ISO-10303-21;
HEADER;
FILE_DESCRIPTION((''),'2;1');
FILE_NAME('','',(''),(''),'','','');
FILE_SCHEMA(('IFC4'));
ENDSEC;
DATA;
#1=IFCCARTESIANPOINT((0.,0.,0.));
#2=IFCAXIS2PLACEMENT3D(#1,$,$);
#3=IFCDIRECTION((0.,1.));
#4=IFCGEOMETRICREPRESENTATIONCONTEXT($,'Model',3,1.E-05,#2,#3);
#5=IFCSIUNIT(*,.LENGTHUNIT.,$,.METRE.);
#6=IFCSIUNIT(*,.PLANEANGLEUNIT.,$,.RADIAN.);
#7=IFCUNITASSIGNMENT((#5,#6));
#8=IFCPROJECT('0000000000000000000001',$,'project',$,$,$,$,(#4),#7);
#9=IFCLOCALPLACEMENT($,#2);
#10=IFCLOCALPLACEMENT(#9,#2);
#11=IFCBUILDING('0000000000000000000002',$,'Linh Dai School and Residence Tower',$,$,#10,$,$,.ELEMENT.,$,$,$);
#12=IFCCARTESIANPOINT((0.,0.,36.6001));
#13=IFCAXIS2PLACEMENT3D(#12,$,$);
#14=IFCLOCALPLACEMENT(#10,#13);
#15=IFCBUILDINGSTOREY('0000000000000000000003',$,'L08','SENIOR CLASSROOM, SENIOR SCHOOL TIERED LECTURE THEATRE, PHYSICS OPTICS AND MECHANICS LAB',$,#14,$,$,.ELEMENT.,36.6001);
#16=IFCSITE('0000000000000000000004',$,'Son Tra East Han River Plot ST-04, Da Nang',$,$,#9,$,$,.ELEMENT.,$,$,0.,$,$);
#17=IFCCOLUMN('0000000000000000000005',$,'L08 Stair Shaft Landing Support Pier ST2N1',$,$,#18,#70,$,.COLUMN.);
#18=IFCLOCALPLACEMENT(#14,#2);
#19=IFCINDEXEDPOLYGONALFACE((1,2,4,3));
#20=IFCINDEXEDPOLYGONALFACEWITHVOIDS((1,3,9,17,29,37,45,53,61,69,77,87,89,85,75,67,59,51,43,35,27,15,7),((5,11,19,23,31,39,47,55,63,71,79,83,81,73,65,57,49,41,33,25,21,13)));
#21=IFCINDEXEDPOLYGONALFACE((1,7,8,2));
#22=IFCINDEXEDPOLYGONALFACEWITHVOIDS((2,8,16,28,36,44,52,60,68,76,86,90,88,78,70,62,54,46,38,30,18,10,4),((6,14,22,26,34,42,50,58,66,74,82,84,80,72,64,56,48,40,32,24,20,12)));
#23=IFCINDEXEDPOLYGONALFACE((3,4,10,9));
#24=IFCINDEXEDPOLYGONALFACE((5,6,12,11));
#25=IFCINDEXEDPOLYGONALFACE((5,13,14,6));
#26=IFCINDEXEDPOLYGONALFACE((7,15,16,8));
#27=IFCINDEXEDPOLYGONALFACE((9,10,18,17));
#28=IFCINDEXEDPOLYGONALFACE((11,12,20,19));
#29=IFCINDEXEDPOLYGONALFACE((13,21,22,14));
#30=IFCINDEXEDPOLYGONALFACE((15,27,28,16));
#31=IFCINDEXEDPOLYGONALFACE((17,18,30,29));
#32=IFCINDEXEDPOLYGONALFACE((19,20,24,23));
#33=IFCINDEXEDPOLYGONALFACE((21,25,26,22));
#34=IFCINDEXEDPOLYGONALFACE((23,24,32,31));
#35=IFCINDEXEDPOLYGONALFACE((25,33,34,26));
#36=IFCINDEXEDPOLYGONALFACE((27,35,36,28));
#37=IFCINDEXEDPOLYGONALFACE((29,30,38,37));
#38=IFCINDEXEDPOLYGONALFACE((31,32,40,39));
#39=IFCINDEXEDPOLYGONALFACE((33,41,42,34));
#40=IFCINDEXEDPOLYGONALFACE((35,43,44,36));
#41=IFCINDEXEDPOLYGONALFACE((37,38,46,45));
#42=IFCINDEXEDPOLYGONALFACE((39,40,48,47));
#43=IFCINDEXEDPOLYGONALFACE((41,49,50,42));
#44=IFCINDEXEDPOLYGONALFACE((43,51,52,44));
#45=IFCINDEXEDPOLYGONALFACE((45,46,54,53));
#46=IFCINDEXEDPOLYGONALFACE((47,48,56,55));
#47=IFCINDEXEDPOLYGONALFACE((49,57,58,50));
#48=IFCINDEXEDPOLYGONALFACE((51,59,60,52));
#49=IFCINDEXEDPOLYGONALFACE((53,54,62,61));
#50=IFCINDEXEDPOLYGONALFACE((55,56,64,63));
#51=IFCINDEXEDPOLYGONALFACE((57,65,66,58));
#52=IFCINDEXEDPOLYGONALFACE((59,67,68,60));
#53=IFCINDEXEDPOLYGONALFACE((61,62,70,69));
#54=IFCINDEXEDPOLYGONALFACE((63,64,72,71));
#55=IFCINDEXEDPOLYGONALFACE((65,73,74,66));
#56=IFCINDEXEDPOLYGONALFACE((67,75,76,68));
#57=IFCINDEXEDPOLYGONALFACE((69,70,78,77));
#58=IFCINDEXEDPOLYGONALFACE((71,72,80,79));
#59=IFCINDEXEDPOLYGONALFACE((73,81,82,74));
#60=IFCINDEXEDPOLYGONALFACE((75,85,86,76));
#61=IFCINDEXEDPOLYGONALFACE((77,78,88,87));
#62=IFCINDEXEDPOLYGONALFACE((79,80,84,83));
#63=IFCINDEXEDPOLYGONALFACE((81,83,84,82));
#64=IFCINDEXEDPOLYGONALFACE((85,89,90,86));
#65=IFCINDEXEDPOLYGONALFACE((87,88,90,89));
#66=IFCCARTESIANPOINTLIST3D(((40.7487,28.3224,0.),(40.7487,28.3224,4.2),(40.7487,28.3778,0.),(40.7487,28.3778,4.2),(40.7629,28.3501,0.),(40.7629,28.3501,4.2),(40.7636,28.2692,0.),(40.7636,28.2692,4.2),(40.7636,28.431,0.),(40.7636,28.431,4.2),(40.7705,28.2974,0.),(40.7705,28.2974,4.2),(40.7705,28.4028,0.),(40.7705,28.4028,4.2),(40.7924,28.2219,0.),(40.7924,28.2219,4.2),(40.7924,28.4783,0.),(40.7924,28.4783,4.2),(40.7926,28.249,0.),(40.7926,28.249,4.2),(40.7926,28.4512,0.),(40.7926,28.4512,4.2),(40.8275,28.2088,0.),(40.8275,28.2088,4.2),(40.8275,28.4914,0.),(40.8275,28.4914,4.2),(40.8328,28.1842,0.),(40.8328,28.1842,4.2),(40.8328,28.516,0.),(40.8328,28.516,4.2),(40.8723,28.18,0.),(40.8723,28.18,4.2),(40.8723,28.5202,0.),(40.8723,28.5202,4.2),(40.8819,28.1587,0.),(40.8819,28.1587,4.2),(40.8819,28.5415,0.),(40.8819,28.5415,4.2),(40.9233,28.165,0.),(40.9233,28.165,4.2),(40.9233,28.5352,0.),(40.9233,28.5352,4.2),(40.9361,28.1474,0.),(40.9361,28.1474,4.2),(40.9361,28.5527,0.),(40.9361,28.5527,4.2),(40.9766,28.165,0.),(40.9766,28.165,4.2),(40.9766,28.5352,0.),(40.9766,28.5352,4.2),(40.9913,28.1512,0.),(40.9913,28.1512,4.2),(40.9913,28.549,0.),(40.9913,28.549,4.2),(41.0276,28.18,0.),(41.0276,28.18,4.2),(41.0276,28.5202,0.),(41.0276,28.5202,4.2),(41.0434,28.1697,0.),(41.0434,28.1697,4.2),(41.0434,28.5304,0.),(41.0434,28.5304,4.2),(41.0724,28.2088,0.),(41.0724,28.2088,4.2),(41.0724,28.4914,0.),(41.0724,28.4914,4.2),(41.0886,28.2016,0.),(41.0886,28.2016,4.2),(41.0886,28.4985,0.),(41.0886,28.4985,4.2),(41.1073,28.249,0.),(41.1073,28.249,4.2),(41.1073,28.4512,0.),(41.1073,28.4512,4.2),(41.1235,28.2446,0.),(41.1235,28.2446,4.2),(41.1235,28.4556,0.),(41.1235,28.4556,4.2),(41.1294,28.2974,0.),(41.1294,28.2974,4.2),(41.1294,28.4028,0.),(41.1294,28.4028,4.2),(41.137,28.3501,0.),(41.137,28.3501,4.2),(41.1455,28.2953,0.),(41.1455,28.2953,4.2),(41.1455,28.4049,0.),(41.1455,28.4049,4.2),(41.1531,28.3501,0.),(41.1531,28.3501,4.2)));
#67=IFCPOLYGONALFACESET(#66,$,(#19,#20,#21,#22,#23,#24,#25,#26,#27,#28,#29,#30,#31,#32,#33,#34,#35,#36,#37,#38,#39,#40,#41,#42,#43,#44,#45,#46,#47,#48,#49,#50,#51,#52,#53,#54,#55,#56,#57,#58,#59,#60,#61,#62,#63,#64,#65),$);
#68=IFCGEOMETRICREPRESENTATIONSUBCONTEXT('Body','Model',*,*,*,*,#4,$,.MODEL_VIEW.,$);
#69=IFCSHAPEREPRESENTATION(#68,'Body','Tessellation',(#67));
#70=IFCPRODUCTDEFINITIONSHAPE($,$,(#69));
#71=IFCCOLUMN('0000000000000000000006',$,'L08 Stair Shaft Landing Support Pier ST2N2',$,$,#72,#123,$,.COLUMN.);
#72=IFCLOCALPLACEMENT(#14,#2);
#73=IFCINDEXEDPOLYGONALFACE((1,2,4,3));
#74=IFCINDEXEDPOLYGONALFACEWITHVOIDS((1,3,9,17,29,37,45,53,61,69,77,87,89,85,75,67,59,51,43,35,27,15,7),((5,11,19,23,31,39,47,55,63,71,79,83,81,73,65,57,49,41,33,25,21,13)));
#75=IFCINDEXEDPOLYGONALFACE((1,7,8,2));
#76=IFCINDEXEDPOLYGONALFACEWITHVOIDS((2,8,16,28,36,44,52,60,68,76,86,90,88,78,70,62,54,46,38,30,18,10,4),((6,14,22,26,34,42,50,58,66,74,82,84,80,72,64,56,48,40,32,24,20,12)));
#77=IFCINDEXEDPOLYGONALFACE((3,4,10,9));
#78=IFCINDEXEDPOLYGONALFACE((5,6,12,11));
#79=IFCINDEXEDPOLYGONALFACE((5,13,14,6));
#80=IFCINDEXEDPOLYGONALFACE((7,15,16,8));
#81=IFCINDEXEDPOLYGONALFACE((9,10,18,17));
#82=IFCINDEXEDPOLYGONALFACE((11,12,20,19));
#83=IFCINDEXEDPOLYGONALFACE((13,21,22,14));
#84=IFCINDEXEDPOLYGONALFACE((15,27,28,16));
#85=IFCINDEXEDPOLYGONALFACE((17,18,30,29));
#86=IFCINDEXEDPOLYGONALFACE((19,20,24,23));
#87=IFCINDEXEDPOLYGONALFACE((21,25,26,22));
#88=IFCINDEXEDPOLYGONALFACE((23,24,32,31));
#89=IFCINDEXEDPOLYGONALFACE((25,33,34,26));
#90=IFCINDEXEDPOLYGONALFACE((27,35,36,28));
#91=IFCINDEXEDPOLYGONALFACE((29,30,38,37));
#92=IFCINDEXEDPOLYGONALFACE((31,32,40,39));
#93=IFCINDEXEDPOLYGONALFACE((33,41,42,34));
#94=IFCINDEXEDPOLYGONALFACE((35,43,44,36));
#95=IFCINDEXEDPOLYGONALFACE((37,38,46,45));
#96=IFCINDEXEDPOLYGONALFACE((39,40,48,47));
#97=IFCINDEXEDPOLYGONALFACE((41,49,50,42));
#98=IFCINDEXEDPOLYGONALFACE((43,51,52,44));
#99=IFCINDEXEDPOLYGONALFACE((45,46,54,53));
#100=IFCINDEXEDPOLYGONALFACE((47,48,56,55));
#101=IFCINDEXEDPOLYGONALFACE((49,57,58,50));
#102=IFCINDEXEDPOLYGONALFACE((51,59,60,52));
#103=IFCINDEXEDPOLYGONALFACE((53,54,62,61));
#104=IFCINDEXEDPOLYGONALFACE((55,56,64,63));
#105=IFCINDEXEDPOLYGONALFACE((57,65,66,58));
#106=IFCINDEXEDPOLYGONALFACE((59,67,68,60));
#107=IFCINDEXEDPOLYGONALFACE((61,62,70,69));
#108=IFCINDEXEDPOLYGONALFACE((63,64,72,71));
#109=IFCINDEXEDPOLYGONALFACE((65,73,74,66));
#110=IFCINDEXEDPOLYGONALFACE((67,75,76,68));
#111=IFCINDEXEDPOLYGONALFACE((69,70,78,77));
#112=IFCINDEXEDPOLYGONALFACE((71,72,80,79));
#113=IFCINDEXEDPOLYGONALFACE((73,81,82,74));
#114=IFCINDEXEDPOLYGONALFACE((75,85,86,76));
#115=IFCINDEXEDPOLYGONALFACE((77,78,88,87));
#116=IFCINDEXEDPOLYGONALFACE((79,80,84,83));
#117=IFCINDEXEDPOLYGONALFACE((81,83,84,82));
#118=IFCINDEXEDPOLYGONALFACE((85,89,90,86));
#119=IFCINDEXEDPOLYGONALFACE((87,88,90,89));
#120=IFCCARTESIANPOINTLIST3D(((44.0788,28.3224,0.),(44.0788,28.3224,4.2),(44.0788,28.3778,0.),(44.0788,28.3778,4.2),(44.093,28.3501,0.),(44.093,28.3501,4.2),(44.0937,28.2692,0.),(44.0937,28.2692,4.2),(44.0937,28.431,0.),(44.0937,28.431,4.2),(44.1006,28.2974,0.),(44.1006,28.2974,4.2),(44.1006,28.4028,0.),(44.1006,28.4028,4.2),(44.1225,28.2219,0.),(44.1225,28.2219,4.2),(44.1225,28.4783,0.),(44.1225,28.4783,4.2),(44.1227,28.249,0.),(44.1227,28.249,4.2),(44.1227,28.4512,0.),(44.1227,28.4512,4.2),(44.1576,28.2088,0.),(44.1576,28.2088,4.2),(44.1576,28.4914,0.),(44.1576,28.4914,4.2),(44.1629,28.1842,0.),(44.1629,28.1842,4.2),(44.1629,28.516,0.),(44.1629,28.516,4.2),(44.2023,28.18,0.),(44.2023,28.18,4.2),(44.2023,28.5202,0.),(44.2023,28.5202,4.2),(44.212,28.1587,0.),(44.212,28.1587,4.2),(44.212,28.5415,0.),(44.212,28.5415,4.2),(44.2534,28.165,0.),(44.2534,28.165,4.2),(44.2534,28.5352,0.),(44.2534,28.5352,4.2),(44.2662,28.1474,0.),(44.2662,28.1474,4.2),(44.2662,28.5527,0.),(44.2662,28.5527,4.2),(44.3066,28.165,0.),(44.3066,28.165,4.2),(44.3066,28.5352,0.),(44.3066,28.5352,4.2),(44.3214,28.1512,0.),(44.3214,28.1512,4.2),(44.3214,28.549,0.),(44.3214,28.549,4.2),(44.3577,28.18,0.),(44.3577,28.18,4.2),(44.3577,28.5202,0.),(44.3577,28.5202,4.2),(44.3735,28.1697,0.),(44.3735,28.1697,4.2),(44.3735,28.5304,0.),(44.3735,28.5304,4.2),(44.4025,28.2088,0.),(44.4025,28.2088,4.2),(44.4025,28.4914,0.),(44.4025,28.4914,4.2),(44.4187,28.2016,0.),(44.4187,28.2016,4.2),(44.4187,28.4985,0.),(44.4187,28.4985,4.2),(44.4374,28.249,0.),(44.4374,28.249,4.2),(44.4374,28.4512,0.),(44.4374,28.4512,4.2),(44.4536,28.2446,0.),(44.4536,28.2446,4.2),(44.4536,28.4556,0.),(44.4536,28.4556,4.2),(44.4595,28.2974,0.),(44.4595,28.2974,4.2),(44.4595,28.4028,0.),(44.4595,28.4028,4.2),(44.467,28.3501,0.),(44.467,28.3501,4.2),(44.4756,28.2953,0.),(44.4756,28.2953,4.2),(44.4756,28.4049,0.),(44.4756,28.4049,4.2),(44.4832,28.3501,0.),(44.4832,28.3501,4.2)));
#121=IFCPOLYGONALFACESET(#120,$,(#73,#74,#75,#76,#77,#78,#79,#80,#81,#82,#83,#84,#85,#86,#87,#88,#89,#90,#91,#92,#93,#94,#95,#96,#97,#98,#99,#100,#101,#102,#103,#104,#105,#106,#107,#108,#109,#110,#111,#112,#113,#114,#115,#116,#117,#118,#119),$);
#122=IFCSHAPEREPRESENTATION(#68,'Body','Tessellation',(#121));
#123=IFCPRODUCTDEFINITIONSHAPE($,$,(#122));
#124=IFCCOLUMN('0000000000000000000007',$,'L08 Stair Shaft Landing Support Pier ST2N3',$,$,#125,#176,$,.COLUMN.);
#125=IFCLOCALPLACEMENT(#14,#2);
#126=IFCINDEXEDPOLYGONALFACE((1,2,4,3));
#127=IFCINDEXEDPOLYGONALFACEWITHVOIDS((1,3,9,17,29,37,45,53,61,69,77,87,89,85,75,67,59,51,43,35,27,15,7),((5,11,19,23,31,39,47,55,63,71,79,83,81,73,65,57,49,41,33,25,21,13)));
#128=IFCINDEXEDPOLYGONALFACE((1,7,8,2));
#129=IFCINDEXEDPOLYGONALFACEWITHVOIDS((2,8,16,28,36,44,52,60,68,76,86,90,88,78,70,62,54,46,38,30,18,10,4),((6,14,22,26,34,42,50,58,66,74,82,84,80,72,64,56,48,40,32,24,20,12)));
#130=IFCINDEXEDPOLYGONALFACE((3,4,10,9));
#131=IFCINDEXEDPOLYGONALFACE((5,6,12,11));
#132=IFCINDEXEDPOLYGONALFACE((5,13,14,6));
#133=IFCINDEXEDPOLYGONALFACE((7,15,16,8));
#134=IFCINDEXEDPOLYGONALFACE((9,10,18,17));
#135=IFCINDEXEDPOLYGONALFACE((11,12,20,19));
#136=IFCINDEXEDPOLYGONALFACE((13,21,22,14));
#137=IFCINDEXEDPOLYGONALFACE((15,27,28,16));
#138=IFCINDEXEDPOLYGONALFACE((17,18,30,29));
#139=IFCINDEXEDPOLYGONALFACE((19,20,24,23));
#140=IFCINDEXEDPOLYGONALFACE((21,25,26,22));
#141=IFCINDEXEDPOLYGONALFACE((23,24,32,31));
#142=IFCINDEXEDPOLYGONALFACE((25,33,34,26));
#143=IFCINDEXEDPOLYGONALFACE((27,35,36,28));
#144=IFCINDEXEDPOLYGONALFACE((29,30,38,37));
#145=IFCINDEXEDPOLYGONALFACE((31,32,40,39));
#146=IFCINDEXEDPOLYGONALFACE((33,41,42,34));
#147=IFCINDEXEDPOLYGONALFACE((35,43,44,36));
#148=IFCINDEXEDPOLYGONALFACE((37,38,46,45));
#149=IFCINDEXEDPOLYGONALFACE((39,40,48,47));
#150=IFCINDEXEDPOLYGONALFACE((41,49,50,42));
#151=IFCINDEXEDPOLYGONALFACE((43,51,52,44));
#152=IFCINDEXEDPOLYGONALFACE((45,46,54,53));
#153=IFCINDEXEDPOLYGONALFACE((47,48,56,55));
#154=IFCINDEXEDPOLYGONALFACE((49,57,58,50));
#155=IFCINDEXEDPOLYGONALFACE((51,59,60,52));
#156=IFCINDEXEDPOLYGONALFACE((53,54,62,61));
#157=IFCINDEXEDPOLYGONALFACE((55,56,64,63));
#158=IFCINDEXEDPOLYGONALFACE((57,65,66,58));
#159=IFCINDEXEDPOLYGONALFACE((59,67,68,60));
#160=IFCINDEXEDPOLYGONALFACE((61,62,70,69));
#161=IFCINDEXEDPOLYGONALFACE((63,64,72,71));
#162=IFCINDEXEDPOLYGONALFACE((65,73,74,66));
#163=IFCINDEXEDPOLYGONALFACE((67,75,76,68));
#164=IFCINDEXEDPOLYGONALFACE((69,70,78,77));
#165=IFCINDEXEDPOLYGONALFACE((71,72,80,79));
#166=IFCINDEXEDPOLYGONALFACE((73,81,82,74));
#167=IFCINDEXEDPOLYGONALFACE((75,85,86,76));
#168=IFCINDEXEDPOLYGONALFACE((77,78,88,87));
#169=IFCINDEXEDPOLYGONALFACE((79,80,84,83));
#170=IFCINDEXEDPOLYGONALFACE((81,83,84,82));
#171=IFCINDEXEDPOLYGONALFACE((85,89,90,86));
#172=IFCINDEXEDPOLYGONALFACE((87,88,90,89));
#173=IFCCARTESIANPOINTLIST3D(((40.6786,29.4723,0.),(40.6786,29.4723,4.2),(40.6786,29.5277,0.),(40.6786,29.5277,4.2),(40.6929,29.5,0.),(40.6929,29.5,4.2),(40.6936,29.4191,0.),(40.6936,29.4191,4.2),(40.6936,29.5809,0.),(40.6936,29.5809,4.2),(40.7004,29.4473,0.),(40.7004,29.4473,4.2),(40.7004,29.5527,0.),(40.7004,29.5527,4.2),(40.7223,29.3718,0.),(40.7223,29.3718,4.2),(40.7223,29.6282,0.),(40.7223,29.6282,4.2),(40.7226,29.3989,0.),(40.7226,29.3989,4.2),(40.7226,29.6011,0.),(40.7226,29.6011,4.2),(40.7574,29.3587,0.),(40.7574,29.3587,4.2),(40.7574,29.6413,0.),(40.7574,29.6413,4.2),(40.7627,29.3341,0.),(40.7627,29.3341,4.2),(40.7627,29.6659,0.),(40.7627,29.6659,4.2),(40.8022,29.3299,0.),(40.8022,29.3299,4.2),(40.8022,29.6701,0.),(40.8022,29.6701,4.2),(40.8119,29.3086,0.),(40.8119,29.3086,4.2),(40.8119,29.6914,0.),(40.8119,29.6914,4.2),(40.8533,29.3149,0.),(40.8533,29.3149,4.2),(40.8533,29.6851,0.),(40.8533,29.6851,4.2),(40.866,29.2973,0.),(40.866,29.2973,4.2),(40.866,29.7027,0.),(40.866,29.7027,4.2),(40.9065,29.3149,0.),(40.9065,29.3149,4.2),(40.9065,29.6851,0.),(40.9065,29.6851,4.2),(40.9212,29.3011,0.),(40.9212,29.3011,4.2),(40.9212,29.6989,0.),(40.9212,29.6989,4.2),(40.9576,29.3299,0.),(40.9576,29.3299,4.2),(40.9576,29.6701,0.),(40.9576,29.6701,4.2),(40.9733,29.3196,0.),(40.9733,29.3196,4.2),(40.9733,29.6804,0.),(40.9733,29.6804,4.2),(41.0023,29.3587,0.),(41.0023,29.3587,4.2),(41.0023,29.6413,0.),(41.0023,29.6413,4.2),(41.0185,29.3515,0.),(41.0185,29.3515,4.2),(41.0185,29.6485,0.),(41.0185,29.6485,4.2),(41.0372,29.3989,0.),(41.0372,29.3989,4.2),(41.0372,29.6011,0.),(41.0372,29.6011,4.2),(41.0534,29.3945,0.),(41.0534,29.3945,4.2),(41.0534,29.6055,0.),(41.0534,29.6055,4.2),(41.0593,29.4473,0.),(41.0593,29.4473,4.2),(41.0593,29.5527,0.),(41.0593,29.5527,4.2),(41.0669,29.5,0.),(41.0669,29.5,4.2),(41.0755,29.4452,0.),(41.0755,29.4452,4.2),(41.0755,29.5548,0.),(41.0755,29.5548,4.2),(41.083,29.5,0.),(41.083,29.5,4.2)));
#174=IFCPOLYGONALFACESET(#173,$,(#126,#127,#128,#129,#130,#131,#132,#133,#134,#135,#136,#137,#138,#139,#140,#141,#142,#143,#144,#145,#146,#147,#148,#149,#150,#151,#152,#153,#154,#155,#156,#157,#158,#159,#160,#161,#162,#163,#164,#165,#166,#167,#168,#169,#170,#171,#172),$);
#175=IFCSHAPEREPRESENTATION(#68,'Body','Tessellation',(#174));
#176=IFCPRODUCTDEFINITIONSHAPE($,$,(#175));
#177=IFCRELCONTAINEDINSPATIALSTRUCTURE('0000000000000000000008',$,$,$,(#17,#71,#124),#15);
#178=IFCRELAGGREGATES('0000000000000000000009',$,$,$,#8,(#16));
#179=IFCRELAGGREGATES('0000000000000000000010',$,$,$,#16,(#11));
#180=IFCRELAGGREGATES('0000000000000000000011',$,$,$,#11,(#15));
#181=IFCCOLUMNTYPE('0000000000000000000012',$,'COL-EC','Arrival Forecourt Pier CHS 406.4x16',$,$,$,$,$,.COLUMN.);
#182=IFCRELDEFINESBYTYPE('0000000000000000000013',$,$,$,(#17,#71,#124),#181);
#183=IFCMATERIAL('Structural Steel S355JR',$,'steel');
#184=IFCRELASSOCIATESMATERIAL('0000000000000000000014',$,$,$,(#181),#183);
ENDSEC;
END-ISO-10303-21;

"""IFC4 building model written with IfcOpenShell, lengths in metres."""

from ifc_helpers import new_model, si_unit, direction, frame, origin, origin_2d, place, context, subcontext, project, spatial, hollow_circle, extrude, material, material_profile, profile_set, type_object, element, save


model = new_model("IFC4")

# Units and contexts
model_context = context("Model", 3, precision=1e-05, world=origin(), true_north=direction((0.0, 1.0)))
body_context = subcontext(model_context, "Body", "Model", "MODEL_VIEW")
ifc_project = project(units=[si_unit("LENGTHUNIT", "METRE"), si_unit("PLANEANGLEUNIT", "RADIAN")], contexts=[model_context])

# Site, building, storey
site_placement = place(None, origin())
site = spatial("IfcSite", under=ifc_project, at=site_placement, Name="Son Tra East Han River Plot ST-04, Da Nang", CompositionType="ELEMENT", RefElevation=0.0)
building_placement = place(site_placement, origin())
building = spatial("IfcBuilding", under=site, at=building_placement, Name="Linh Dai School and Residence Tower", CompositionType="ELEMENT")
storey_placement = place(building_placement, frame((0.0, 0.0, 36.6001)))
storey = spatial("IfcBuildingStorey", under=building, at=storey_placement, Name="L08", Description="SENIOR CLASSROOM, SENIOR SCHOOL TIERED LECTURE THEATRE, PHYSICS OPTICS AND MECHANICS LAB", CompositionType="ELEMENT", Elevation=36.6001)

# Columns
ifc_material_1 = material(Name="Structural Steel S355JR", Category="steel")
ifc_material_profile_1 = material_profile(ifc_material_1, hollow_circle(Radius=0.2031, WallThickness=0.0161, at=origin_2d()), Name="CHS 406.4x16")
ifc_profile_set_1 = profile_set([ifc_material_profile_1], Name="Structural Steel S355JR")
column_type_1 = type_object("IfcColumnType", Name="COL-EC", Description="Arrival Forecourt Pier CHS 406.4x16", PredefinedType="COLUMN", material=ifc_profile_set_1)
for number, where, z_axis, x_axis, name in (
    (1, (40.95, 28.3501, 0.0), (0.0, 0.0, 1.0), (1.0, 0.0, 0.0), "L08 Stair Shaft Landing Support Pier ST2N1"),
    (2, (44.28, 28.3501, 0.0), (0.0, 0.0, 1.0), (1.0, 0.0, 0.0), "L08 Stair Shaft Landing Support Pier ST2N2"),
    (3, (40.8799, 29.5, 0.0), (0.0, 0.0, 1.0), (1.0, 0.0, 0.0), "L08 Stair Shaft Landing Support Pier ST2N3"),
):
    element("IfcColumn", number, at=place(storey_placement, frame(where, z_axis=z_axis, x_axis=x_axis)), inside=storey, type_object=column_type_1, Name=name, PredefinedType="COLUMN", context=body_context, shape_type="SweptSolid", body=[
        extrude(hollow_circle(Radius=0.2031, WallThickness=0.0161, at=origin_2d()), origin(), (0.0, 0.0, 1.0), 4.2),
    ])

save(model, "model.ifc")
